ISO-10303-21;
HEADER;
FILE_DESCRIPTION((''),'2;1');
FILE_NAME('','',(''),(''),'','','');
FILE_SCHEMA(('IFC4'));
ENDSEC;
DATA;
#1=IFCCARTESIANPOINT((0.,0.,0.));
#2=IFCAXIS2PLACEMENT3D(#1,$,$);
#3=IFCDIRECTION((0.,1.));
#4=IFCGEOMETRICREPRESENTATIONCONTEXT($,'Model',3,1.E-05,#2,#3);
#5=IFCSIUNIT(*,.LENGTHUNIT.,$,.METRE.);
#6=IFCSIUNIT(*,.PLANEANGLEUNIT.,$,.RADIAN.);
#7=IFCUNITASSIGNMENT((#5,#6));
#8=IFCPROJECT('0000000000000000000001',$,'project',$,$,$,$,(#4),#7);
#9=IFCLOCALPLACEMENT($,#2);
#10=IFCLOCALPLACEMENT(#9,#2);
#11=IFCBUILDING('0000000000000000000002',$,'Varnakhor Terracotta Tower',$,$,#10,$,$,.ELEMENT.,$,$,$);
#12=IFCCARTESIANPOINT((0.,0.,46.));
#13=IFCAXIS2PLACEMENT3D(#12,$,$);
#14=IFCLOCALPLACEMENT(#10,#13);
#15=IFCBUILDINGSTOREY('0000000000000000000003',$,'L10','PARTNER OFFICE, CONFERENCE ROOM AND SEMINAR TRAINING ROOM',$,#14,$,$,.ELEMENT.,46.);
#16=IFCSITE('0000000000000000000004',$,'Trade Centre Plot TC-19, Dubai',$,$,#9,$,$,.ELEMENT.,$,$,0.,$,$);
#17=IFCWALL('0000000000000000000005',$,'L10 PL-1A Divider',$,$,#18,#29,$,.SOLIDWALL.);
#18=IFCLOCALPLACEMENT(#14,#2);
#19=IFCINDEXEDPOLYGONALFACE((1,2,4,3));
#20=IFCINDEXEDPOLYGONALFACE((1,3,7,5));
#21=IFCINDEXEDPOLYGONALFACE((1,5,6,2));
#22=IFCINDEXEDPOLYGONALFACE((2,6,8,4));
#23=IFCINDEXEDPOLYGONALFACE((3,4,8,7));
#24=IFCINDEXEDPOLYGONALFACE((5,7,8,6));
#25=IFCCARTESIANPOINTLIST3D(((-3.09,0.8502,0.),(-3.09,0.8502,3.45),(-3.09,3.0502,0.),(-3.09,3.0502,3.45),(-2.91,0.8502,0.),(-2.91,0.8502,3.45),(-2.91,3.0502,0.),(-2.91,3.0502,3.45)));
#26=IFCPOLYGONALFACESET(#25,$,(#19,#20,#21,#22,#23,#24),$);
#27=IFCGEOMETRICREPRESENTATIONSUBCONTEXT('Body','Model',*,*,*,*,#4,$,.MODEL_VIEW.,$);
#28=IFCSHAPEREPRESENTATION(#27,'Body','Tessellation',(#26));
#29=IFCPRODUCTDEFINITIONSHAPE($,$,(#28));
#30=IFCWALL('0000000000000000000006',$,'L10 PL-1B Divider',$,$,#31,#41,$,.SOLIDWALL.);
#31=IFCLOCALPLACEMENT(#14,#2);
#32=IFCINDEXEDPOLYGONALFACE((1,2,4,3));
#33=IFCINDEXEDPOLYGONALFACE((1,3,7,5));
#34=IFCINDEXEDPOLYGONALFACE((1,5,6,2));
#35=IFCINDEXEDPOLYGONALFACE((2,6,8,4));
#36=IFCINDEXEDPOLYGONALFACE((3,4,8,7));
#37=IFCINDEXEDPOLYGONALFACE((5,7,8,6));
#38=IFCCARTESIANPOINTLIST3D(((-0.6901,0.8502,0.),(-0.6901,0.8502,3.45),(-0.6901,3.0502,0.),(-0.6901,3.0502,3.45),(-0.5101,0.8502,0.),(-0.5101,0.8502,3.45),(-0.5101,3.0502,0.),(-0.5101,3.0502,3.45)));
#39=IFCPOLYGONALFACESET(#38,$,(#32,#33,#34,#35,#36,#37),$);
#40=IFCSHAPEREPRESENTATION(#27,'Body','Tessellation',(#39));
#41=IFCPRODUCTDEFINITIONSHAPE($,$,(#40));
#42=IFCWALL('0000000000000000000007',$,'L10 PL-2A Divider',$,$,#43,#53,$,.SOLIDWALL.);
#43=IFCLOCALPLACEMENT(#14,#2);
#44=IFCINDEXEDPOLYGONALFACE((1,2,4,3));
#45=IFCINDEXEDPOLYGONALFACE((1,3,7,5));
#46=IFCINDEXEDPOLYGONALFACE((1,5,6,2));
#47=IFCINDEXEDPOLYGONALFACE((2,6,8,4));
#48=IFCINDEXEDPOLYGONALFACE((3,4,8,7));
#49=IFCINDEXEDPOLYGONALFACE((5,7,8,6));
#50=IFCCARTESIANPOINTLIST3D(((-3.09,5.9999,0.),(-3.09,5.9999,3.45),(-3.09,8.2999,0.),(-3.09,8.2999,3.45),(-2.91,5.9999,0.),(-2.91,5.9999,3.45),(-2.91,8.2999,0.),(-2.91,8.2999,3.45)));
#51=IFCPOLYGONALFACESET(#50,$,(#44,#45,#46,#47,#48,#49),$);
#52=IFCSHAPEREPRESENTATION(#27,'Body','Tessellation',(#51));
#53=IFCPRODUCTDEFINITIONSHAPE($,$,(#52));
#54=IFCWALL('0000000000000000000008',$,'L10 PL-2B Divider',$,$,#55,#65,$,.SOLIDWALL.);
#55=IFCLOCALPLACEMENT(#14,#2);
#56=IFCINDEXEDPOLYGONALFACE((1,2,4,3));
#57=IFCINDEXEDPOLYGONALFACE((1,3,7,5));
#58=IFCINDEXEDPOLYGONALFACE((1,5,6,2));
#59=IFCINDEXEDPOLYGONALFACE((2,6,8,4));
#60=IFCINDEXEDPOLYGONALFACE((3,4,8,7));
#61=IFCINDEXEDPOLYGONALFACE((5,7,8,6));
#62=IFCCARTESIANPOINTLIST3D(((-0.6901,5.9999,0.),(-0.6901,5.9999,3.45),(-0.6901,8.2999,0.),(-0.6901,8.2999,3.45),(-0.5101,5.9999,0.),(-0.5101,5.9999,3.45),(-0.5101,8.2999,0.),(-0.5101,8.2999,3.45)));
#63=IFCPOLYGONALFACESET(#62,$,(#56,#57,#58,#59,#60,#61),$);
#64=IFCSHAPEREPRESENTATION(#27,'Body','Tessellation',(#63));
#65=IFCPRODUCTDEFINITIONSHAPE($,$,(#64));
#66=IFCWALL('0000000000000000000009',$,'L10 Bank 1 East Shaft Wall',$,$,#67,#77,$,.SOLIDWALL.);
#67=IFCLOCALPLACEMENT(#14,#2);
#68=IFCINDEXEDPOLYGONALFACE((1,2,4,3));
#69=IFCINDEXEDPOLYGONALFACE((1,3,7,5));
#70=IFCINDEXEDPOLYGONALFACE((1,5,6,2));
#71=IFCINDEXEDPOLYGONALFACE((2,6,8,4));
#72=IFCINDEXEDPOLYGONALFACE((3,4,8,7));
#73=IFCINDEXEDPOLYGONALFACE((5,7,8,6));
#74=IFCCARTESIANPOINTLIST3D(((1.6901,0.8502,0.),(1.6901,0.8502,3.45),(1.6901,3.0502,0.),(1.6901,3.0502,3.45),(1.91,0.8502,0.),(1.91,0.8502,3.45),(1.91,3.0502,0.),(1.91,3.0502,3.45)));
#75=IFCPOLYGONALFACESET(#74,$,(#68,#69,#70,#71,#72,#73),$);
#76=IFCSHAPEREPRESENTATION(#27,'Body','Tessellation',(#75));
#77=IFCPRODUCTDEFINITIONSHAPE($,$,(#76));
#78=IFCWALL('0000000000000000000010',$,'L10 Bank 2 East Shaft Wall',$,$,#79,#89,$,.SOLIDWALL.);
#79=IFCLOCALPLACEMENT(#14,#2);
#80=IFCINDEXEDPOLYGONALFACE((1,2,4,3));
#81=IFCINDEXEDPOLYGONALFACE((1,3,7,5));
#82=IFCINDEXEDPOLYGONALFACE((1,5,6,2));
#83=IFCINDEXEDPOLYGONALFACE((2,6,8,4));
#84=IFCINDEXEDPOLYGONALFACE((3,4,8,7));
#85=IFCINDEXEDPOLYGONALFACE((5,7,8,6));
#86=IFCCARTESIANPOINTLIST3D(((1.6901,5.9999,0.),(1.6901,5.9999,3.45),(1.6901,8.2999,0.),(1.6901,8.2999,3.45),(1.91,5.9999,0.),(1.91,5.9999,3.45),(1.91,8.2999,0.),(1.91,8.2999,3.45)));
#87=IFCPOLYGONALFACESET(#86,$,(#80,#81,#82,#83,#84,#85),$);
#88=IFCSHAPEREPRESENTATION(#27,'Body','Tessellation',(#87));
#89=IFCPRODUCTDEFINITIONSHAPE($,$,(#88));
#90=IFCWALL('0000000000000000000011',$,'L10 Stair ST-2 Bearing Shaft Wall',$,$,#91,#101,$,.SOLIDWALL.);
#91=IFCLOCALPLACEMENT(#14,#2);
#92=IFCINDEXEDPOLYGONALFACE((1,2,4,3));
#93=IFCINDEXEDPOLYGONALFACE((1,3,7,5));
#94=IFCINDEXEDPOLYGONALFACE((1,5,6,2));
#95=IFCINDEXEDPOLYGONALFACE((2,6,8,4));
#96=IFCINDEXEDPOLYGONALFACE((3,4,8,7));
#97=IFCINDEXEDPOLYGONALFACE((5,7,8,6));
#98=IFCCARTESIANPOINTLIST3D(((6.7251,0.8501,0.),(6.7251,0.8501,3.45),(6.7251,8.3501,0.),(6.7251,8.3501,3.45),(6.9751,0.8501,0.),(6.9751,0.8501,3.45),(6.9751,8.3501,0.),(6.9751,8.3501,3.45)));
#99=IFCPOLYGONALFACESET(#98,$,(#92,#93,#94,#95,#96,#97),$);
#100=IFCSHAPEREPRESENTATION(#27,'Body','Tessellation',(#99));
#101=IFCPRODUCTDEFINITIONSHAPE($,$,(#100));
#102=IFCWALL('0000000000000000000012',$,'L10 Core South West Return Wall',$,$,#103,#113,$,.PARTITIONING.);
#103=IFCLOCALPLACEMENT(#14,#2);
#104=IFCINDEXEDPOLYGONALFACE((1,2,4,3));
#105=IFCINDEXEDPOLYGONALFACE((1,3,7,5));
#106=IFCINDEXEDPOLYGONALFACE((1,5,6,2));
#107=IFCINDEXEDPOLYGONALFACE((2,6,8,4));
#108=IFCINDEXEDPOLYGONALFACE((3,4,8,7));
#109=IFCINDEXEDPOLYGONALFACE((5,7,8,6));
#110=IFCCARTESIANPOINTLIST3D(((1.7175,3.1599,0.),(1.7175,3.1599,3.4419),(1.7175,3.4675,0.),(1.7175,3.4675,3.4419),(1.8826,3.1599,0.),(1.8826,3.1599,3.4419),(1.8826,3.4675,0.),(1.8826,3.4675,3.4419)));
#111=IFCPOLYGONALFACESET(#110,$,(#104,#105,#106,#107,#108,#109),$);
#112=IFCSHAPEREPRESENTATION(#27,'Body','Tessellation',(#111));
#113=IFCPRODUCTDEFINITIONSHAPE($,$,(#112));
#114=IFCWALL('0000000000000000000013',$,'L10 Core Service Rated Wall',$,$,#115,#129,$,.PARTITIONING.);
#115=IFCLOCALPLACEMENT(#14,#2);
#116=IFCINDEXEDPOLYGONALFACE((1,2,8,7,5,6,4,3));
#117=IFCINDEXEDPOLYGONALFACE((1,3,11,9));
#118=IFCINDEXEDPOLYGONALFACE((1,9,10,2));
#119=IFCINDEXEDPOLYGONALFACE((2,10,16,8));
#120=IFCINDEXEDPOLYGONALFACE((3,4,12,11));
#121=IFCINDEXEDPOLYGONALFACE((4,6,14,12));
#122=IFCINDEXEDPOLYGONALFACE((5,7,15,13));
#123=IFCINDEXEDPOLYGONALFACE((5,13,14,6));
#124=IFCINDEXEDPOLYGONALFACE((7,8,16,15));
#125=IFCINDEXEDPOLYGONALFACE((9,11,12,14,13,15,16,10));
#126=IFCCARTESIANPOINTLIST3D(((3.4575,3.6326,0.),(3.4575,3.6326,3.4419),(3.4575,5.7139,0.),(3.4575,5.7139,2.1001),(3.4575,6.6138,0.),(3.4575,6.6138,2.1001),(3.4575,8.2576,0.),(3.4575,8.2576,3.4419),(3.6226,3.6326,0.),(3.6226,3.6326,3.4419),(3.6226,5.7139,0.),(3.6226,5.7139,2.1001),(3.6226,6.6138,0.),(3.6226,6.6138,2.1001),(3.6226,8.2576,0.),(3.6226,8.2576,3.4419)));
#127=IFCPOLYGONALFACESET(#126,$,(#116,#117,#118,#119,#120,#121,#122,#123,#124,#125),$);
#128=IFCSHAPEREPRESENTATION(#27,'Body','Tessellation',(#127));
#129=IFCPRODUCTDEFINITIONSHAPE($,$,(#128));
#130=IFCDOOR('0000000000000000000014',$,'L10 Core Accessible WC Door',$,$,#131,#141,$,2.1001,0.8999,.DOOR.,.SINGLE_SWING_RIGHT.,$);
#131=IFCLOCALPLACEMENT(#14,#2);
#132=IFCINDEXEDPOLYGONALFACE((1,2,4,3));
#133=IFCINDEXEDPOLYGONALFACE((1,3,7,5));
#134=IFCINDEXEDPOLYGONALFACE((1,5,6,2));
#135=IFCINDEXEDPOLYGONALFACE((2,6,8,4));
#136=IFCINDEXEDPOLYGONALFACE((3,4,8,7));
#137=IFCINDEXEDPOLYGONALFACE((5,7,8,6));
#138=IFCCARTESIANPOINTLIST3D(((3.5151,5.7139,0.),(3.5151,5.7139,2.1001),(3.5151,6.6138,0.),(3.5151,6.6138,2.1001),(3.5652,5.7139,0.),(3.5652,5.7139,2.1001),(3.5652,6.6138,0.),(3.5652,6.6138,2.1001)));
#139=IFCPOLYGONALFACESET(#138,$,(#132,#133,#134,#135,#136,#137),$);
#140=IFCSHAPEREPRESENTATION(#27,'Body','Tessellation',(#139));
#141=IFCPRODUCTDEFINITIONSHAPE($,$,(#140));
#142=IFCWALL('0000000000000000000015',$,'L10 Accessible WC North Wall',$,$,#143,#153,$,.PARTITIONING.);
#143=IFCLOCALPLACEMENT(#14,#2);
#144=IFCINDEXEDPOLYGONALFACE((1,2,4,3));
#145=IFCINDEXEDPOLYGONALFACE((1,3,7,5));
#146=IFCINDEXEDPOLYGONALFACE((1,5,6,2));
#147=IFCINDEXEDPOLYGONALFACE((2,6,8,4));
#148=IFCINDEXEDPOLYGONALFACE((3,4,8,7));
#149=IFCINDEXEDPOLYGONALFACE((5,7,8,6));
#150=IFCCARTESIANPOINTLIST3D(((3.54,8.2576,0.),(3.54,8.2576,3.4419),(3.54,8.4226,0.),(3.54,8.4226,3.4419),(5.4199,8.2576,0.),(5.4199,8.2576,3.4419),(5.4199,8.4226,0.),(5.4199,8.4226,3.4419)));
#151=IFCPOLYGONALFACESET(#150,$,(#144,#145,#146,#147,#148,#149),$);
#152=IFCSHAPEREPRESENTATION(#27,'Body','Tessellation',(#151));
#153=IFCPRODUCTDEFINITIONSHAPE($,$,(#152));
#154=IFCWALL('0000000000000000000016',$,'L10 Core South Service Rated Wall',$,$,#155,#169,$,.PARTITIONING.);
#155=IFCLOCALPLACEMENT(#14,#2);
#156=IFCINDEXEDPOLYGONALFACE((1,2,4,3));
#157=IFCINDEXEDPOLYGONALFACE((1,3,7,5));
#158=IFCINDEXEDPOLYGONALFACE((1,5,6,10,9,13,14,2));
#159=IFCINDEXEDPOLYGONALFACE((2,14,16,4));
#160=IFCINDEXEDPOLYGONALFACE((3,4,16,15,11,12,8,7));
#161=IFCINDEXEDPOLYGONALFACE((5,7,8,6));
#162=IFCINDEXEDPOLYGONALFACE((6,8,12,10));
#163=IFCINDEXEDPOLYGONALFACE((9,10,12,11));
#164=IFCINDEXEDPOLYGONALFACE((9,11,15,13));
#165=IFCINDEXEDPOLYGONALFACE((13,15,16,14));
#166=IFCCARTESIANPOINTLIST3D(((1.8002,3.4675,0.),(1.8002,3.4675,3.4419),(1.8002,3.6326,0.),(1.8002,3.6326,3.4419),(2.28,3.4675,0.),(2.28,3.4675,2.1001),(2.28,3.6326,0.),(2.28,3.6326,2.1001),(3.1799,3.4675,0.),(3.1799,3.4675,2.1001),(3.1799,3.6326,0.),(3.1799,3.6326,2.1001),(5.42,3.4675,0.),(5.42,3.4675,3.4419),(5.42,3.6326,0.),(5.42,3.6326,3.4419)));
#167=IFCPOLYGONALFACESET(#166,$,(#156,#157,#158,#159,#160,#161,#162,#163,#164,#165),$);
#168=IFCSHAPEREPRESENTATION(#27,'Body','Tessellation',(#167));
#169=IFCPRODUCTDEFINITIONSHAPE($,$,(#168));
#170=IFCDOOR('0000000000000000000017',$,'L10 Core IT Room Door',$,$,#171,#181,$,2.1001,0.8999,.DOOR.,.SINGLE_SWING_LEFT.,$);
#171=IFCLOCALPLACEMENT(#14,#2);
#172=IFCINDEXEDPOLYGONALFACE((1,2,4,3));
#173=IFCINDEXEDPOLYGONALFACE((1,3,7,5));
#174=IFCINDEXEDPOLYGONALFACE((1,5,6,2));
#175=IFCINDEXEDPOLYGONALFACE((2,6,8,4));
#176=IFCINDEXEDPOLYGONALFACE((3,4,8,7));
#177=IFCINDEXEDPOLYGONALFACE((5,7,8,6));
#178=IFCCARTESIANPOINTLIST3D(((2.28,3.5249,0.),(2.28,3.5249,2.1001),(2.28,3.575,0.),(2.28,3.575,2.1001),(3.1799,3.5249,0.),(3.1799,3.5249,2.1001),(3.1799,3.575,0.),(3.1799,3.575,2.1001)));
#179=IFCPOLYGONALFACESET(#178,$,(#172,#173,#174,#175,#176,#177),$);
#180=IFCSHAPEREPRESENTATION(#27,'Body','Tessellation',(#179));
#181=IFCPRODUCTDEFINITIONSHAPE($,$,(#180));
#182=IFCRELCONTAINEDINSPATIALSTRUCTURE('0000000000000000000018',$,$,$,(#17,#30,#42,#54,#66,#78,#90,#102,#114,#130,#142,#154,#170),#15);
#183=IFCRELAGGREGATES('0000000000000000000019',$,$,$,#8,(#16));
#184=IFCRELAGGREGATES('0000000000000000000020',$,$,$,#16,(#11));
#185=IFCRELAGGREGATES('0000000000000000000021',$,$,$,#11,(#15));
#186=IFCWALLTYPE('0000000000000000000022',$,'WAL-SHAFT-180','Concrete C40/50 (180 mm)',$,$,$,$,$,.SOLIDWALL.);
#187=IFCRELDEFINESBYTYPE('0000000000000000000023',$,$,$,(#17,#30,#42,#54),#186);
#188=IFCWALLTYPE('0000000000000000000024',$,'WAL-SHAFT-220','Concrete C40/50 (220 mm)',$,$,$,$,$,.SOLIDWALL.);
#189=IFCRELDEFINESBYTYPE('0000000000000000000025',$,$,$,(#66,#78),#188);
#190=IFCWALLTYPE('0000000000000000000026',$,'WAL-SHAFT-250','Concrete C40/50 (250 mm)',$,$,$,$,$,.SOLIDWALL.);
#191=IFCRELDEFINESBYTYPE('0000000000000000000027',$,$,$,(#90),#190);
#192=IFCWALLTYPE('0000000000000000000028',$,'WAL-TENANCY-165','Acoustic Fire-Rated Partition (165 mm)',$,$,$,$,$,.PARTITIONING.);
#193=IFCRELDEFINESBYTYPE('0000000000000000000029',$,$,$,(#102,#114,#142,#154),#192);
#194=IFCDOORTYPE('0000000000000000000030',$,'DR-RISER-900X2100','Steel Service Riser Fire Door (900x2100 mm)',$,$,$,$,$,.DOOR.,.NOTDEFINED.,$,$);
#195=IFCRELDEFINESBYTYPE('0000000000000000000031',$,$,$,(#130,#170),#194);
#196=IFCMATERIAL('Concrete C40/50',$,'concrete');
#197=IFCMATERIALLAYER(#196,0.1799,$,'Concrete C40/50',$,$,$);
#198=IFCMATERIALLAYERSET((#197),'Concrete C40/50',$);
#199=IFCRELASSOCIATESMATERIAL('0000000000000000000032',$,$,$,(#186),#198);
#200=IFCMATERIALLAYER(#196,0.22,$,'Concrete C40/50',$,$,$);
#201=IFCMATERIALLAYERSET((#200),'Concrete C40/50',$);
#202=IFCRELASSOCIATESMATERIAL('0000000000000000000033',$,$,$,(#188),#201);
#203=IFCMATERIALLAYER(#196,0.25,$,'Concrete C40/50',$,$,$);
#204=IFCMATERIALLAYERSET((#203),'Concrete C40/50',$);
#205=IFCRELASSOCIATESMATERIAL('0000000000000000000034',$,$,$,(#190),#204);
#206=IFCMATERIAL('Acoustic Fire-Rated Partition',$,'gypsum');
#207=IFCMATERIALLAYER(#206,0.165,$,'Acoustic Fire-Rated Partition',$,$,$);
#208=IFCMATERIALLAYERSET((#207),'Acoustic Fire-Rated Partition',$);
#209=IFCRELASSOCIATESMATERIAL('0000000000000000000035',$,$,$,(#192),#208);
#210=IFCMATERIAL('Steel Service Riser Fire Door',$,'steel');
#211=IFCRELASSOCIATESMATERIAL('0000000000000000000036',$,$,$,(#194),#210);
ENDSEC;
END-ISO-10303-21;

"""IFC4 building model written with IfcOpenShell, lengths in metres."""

from ifc_helpers import new_model, si_unit, direction, frame, frame_2d, origin, place, context, subcontext, project, spatial, rectangle, extrude, source, transform, mapped, material, layer, layer_set, type_object, type_shapes, element, fill, save


model = new_model("IFC4")

# Units and contexts
model_context = context("Model", 3, precision=1e-05, world=origin(), true_north=direction((0.0, 1.0)))
body_context = subcontext(model_context, "Body", "Model", "MODEL_VIEW")
ifc_project = project(units=[si_unit("LENGTHUNIT", "METRE"), si_unit("PLANEANGLEUNIT", "RADIAN")], contexts=[model_context])

# Site, building, storey
site_placement = place(None, origin())
site = spatial("IfcSite", under=ifc_project, at=site_placement, Name="Trade Centre Plot TC-19, Dubai", CompositionType="ELEMENT", RefElevation=0.0)
building_placement = place(site_placement, origin())
building = spatial("IfcBuilding", under=site, at=building_placement, Name="Varnakhor Terracotta Tower", CompositionType="ELEMENT")
storey_placement = place(building_placement, frame((0.0, 0.0, 46.0)))
storey = spatial("IfcBuildingStorey", under=building, at=storey_placement, Name="L10", Description="PARTNER OFFICE, CONFERENCE ROOM AND SEMINAR TRAINING ROOM", CompositionType="ELEMENT", Elevation=46.0)

# Shared definitions
ifc_material_1 = material(Name="Concrete C40/50", Category="concrete")

# Walls
ifc_layer_1 = layer(ifc_material_1, 0.1799, Name="Concrete C40/50")
ifc_layer_set_1 = layer_set([ifc_layer_1], Name="Concrete C40/50")
wall_type_1 = type_object("IfcWallType", Name="WAL-SHAFT-180", Description="Concrete C40/50 (180 mm)", PredefinedType="SOLIDWALL", material=ifc_layer_set_1)
for number, where, z_axis, x_axis, name in (
    (1, (-3.0, 0.8501, 0.0), (0.0, 0.0, 1.0), (0.0, 1.0, 0.0), "L10 PL-1A Divider"),
    (2, (-0.6001, 0.8501, 0.0), (0.0, 0.0, 1.0), (0.0, 1.0, 0.0), "L10 PL-1B Divider"),
):
    element("IfcWall", number, at=place(storey_placement, frame(where, z_axis=z_axis, x_axis=x_axis)), inside=storey, type_object=wall_type_1, Name=name, PredefinedType="SOLIDWALL", context=body_context, shape_type="SweptSolid", body=[
        extrude(rectangle(XDim=2.2, YDim=0.1799, at=frame_2d((1.1001, 0.0))), origin(), (0.0, 0.0, 1.0), 3.45),
    ])
for number, where, z_axis, x_axis, name in (
    (3, (-3.0, 6.0, 0.0), (0.0, 0.0, 1.0), (0.0, 1.0, 0.0), "L10 PL-2A Divider"),
    (4, (-0.6001, 6.0, 0.0), (0.0, 0.0, 1.0), (0.0, 1.0, 0.0), "L10 PL-2B Divider"),
):
    element("IfcWall", number, at=place(storey_placement, frame(where, z_axis=z_axis, x_axis=x_axis)), inside=storey, type_object=wall_type_1, Name=name, PredefinedType="SOLIDWALL", context=body_context, shape_type="SweptSolid", body=[
        extrude(rectangle(XDim=2.3, YDim=0.1799, at=frame_2d((1.1499, 0.0))), origin(), (0.0, 0.0, 1.0), 3.45),
    ])
ifc_layer_2 = layer(ifc_material_1, 0.22, Name="Concrete C40/50")
ifc_layer_set_2 = layer_set([ifc_layer_2], Name="Concrete C40/50")
wall_type_2 = type_object("IfcWallType", Name="WAL-SHAFT-220", Description="Concrete C40/50 (220 mm)", PredefinedType="SOLIDWALL", material=ifc_layer_set_2)
wall_1_placement = place(storey_placement, frame((1.8, 0.8501, 0.0), z_axis=(0.0, 0.0, 1.0), x_axis=(0.0, 1.0, 0.0)))
element("IfcWall", 5, at=wall_1_placement, inside=storey, type_object=wall_type_2, Name="L10 Bank 1 East Shaft Wall", PredefinedType="SOLIDWALL", context=body_context, shape_type="SweptSolid", body=[
    extrude(rectangle(XDim=2.2, YDim=0.22, at=frame_2d((1.1001, 0.0))), origin(), (0.0, 0.0, 1.0), 3.45),
])
wall_2_placement = place(storey_placement, frame((1.8, 6.0, 0.0), z_axis=(0.0, 0.0, 1.0), x_axis=(0.0, 1.0, 0.0)))
element("IfcWall", 6, at=wall_2_placement, inside=storey, type_object=wall_type_2, Name="L10 Bank 2 East Shaft Wall", PredefinedType="SOLIDWALL", context=body_context, shape_type="SweptSolid", body=[
    extrude(rectangle(XDim=2.3, YDim=0.22, at=frame_2d((1.1499, 0.0))), origin(), (0.0, 0.0, 1.0), 3.45),
])
ifc_layer_3 = layer(ifc_material_1, 0.25, Name="Concrete C40/50")
ifc_layer_set_3 = layer_set([ifc_layer_3], Name="Concrete C40/50")
wall_type_3 = type_object("IfcWallType", Name="WAL-SHAFT-250", Description="Concrete C40/50 (250 mm)", PredefinedType="SOLIDWALL", material=ifc_layer_set_3)
wall_3_placement = place(storey_placement, frame((6.8501, 0.8501, 0.0), z_axis=(0.0, 0.0, 1.0), x_axis=(0.0, 1.0, 0.0)))
element("IfcWall", 7, at=wall_3_placement, inside=storey, type_object=wall_type_3, Name="L10 Stair ST-2 Bearing Shaft Wall", PredefinedType="SOLIDWALL", context=body_context, shape_type="SweptSolid", body=[
    extrude(rectangle(XDim=7.5, YDim=0.25, at=frame_2d((3.75, 0.0))), origin(), (0.0, 0.0, 1.0), 3.45),
])
ifc_material_2 = material(Name="Acoustic Fire-Rated Partition", Category="gypsum")
ifc_layer_4 = layer(ifc_material_2, 0.165, Name="Acoustic Fire-Rated Partition")
ifc_layer_set_4 = layer_set([ifc_layer_4], Name="Acoustic Fire-Rated Partition")
wall_type_4 = type_object("IfcWallType", Name="WAL-TENANCY-165", Description="Acoustic Fire-Rated Partition (165 mm)", PredefinedType="PARTITIONING", material=ifc_layer_set_4)
wall_4_placement = place(storey_placement, frame((1.8, 3.1599, 0.0), z_axis=(0.0, 0.0, 1.0), x_axis=(0.0, 1.0, 0.0)))
element("IfcWall", 8, at=wall_4_placement, inside=storey, type_object=wall_type_4, Name="L10 Core South West Return Wall", PredefinedType="PARTITIONING", context=body_context, shape_type="SweptSolid", body=[
    extrude(rectangle(XDim=0.3076, YDim=0.165, at=frame_2d((0.1538, 0.0))), origin(), (0.0, 0.0, 1.0), 3.4419),
])

# Wall, opening, door
wall_5_placement = place(storey_placement, frame((3.54, 3.6326, 0.0), z_axis=(0.0, 0.0, 1.0), x_axis=(0.0, 1.0, 0.0)))
wall_5 = element("IfcWall", 9, at=wall_5_placement, inside=storey, type_object=wall_type_4, Name="L10 Core Service Rated Wall", PredefinedType="PARTITIONING", context=body_context, shape_type="SweptSolid", body=[
    extrude(rectangle(XDim=4.625, YDim=0.165, at=frame_2d((2.3125, 0.0))), origin(), (0.0, 0.0, 1.0), 3.4419),
])
opening_1_placement = place(wall_5_placement, frame((2.0813, 0.0, 0.0)))
opening_1 = element("IfcOpeningElement", 10, at=opening_1_placement, cuts=wall_5, PredefinedType="OPENING", context=body_context, shape_type="SweptSolid", body=[
    extrude(rectangle(XDim=0.8999, YDim=2.1001, at=frame_2d((0.45, 1.05))), frame((0.0, 0.0925, 0.0), z_axis=(0.0, -1.0, 0.0), x_axis=(1.0, 0.0, 0.0)), (0.0, 0.0, 1.0), 0.1851),
])
ifc_material_3 = material(Name="Steel Service Riser Fire Door", Category="steel")
door_type_1 = type_object("IfcDoorType", Name="DR-RISER-900X2100", Description="Steel Service Riser Fire Door (900x2100 mm)", OperationType="NOTDEFINED", PredefinedType="DOOR", material=ifc_material_3)
shared_shape_1 = source(origin(), body_context, "Body", "SweptSolid", [
    extrude(rectangle(XDim=0.8999, YDim=2.1001, at=frame_2d((0.45, 1.05))), frame((0.0, 0.0249, 0.0), z_axis=(0.0, -1.0, 0.0), x_axis=(1.0, 0.0, 0.0)), (0.0, 0.0, 1.0), 0.05),
])
type_shapes(door_type_1, [shared_shape_1])
door_1_placement = place(opening_1_placement, origin())
door_1 = element("IfcDoor", 11, at=door_1_placement, inside=storey, type_object=door_type_1, Name="L10 Core Accessible WC Door", OperationType="SINGLE_SWING_RIGHT", OverallHeight=2.1001, OverallWidth=0.8999, PredefinedType="DOOR", context=body_context, shape_type="MappedRepresentation", body=[
    mapped(shared_shape_1, transform((0.0, 0.0, 0.0), scale=1.0)),
])
fill(opening_1, door_1)

# Wall
wall_6_placement = place(storey_placement, frame((3.54, 8.3401, 0.0), z_axis=(0.0, 0.0, 1.0), x_axis=(1.0, 0.0, 0.0)))
element("IfcWall", 12, at=wall_6_placement, inside=storey, type_object=wall_type_4, Name="L10 Accessible WC North Wall", PredefinedType="PARTITIONING", context=body_context, shape_type="SweptSolid", body=[
    extrude(rectangle(XDim=1.8799, YDim=0.165, at=frame_2d((0.9399, 0.0))), origin(), (0.0, 0.0, 1.0), 3.4419),
])

# Wall, opening, door
wall_7_placement = place(storey_placement, frame((1.8, 3.55, 0.0), z_axis=(0.0, 0.0, 1.0), x_axis=(1.0, 0.0, 0.0)))
wall_7 = element("IfcWall", 13, at=wall_7_placement, inside=storey, type_object=wall_type_4, Name="L10 Core South Service Rated Wall", PredefinedType="PARTITIONING", context=body_context, shape_type="SweptSolid", body=[
    extrude(rectangle(XDim=3.6199, YDim=0.165, at=frame_2d((1.8101, 0.0))), origin(), (0.0, 0.0, 1.0), 3.4419),
])
opening_2_placement = place(wall_7_placement, frame((0.48, 0.0, 0.0)))
opening_2 = element("IfcOpeningElement", 14, at=opening_2_placement, cuts=wall_7, PredefinedType="OPENING", context=body_context, shape_type="SweptSolid", body=[
    extrude(rectangle(XDim=0.8999, YDim=2.1001, at=frame_2d((0.45, 1.05))), frame((0.0, 0.0925, 0.0), z_axis=(0.0, -1.0, 0.0), x_axis=(1.0, 0.0, 0.0)), (0.0, 0.0, 1.0), 0.1851),
])
door_2_placement = place(opening_2_placement, origin())
door_2 = element("IfcDoor", 15, at=door_2_placement, inside=storey, type_object=door_type_1, Name="L10 Core IT Room Door", OperationType="SINGLE_SWING_LEFT", OverallHeight=2.1001, OverallWidth=0.8999, PredefinedType="DOOR", context=body_context, shape_type="MappedRepresentation", body=[
    mapped(shared_shape_1, transform((0.0, 0.0, 0.0), scale=1.0)),
])
fill(opening_2, door_2)

save(model, "model.ifc")
